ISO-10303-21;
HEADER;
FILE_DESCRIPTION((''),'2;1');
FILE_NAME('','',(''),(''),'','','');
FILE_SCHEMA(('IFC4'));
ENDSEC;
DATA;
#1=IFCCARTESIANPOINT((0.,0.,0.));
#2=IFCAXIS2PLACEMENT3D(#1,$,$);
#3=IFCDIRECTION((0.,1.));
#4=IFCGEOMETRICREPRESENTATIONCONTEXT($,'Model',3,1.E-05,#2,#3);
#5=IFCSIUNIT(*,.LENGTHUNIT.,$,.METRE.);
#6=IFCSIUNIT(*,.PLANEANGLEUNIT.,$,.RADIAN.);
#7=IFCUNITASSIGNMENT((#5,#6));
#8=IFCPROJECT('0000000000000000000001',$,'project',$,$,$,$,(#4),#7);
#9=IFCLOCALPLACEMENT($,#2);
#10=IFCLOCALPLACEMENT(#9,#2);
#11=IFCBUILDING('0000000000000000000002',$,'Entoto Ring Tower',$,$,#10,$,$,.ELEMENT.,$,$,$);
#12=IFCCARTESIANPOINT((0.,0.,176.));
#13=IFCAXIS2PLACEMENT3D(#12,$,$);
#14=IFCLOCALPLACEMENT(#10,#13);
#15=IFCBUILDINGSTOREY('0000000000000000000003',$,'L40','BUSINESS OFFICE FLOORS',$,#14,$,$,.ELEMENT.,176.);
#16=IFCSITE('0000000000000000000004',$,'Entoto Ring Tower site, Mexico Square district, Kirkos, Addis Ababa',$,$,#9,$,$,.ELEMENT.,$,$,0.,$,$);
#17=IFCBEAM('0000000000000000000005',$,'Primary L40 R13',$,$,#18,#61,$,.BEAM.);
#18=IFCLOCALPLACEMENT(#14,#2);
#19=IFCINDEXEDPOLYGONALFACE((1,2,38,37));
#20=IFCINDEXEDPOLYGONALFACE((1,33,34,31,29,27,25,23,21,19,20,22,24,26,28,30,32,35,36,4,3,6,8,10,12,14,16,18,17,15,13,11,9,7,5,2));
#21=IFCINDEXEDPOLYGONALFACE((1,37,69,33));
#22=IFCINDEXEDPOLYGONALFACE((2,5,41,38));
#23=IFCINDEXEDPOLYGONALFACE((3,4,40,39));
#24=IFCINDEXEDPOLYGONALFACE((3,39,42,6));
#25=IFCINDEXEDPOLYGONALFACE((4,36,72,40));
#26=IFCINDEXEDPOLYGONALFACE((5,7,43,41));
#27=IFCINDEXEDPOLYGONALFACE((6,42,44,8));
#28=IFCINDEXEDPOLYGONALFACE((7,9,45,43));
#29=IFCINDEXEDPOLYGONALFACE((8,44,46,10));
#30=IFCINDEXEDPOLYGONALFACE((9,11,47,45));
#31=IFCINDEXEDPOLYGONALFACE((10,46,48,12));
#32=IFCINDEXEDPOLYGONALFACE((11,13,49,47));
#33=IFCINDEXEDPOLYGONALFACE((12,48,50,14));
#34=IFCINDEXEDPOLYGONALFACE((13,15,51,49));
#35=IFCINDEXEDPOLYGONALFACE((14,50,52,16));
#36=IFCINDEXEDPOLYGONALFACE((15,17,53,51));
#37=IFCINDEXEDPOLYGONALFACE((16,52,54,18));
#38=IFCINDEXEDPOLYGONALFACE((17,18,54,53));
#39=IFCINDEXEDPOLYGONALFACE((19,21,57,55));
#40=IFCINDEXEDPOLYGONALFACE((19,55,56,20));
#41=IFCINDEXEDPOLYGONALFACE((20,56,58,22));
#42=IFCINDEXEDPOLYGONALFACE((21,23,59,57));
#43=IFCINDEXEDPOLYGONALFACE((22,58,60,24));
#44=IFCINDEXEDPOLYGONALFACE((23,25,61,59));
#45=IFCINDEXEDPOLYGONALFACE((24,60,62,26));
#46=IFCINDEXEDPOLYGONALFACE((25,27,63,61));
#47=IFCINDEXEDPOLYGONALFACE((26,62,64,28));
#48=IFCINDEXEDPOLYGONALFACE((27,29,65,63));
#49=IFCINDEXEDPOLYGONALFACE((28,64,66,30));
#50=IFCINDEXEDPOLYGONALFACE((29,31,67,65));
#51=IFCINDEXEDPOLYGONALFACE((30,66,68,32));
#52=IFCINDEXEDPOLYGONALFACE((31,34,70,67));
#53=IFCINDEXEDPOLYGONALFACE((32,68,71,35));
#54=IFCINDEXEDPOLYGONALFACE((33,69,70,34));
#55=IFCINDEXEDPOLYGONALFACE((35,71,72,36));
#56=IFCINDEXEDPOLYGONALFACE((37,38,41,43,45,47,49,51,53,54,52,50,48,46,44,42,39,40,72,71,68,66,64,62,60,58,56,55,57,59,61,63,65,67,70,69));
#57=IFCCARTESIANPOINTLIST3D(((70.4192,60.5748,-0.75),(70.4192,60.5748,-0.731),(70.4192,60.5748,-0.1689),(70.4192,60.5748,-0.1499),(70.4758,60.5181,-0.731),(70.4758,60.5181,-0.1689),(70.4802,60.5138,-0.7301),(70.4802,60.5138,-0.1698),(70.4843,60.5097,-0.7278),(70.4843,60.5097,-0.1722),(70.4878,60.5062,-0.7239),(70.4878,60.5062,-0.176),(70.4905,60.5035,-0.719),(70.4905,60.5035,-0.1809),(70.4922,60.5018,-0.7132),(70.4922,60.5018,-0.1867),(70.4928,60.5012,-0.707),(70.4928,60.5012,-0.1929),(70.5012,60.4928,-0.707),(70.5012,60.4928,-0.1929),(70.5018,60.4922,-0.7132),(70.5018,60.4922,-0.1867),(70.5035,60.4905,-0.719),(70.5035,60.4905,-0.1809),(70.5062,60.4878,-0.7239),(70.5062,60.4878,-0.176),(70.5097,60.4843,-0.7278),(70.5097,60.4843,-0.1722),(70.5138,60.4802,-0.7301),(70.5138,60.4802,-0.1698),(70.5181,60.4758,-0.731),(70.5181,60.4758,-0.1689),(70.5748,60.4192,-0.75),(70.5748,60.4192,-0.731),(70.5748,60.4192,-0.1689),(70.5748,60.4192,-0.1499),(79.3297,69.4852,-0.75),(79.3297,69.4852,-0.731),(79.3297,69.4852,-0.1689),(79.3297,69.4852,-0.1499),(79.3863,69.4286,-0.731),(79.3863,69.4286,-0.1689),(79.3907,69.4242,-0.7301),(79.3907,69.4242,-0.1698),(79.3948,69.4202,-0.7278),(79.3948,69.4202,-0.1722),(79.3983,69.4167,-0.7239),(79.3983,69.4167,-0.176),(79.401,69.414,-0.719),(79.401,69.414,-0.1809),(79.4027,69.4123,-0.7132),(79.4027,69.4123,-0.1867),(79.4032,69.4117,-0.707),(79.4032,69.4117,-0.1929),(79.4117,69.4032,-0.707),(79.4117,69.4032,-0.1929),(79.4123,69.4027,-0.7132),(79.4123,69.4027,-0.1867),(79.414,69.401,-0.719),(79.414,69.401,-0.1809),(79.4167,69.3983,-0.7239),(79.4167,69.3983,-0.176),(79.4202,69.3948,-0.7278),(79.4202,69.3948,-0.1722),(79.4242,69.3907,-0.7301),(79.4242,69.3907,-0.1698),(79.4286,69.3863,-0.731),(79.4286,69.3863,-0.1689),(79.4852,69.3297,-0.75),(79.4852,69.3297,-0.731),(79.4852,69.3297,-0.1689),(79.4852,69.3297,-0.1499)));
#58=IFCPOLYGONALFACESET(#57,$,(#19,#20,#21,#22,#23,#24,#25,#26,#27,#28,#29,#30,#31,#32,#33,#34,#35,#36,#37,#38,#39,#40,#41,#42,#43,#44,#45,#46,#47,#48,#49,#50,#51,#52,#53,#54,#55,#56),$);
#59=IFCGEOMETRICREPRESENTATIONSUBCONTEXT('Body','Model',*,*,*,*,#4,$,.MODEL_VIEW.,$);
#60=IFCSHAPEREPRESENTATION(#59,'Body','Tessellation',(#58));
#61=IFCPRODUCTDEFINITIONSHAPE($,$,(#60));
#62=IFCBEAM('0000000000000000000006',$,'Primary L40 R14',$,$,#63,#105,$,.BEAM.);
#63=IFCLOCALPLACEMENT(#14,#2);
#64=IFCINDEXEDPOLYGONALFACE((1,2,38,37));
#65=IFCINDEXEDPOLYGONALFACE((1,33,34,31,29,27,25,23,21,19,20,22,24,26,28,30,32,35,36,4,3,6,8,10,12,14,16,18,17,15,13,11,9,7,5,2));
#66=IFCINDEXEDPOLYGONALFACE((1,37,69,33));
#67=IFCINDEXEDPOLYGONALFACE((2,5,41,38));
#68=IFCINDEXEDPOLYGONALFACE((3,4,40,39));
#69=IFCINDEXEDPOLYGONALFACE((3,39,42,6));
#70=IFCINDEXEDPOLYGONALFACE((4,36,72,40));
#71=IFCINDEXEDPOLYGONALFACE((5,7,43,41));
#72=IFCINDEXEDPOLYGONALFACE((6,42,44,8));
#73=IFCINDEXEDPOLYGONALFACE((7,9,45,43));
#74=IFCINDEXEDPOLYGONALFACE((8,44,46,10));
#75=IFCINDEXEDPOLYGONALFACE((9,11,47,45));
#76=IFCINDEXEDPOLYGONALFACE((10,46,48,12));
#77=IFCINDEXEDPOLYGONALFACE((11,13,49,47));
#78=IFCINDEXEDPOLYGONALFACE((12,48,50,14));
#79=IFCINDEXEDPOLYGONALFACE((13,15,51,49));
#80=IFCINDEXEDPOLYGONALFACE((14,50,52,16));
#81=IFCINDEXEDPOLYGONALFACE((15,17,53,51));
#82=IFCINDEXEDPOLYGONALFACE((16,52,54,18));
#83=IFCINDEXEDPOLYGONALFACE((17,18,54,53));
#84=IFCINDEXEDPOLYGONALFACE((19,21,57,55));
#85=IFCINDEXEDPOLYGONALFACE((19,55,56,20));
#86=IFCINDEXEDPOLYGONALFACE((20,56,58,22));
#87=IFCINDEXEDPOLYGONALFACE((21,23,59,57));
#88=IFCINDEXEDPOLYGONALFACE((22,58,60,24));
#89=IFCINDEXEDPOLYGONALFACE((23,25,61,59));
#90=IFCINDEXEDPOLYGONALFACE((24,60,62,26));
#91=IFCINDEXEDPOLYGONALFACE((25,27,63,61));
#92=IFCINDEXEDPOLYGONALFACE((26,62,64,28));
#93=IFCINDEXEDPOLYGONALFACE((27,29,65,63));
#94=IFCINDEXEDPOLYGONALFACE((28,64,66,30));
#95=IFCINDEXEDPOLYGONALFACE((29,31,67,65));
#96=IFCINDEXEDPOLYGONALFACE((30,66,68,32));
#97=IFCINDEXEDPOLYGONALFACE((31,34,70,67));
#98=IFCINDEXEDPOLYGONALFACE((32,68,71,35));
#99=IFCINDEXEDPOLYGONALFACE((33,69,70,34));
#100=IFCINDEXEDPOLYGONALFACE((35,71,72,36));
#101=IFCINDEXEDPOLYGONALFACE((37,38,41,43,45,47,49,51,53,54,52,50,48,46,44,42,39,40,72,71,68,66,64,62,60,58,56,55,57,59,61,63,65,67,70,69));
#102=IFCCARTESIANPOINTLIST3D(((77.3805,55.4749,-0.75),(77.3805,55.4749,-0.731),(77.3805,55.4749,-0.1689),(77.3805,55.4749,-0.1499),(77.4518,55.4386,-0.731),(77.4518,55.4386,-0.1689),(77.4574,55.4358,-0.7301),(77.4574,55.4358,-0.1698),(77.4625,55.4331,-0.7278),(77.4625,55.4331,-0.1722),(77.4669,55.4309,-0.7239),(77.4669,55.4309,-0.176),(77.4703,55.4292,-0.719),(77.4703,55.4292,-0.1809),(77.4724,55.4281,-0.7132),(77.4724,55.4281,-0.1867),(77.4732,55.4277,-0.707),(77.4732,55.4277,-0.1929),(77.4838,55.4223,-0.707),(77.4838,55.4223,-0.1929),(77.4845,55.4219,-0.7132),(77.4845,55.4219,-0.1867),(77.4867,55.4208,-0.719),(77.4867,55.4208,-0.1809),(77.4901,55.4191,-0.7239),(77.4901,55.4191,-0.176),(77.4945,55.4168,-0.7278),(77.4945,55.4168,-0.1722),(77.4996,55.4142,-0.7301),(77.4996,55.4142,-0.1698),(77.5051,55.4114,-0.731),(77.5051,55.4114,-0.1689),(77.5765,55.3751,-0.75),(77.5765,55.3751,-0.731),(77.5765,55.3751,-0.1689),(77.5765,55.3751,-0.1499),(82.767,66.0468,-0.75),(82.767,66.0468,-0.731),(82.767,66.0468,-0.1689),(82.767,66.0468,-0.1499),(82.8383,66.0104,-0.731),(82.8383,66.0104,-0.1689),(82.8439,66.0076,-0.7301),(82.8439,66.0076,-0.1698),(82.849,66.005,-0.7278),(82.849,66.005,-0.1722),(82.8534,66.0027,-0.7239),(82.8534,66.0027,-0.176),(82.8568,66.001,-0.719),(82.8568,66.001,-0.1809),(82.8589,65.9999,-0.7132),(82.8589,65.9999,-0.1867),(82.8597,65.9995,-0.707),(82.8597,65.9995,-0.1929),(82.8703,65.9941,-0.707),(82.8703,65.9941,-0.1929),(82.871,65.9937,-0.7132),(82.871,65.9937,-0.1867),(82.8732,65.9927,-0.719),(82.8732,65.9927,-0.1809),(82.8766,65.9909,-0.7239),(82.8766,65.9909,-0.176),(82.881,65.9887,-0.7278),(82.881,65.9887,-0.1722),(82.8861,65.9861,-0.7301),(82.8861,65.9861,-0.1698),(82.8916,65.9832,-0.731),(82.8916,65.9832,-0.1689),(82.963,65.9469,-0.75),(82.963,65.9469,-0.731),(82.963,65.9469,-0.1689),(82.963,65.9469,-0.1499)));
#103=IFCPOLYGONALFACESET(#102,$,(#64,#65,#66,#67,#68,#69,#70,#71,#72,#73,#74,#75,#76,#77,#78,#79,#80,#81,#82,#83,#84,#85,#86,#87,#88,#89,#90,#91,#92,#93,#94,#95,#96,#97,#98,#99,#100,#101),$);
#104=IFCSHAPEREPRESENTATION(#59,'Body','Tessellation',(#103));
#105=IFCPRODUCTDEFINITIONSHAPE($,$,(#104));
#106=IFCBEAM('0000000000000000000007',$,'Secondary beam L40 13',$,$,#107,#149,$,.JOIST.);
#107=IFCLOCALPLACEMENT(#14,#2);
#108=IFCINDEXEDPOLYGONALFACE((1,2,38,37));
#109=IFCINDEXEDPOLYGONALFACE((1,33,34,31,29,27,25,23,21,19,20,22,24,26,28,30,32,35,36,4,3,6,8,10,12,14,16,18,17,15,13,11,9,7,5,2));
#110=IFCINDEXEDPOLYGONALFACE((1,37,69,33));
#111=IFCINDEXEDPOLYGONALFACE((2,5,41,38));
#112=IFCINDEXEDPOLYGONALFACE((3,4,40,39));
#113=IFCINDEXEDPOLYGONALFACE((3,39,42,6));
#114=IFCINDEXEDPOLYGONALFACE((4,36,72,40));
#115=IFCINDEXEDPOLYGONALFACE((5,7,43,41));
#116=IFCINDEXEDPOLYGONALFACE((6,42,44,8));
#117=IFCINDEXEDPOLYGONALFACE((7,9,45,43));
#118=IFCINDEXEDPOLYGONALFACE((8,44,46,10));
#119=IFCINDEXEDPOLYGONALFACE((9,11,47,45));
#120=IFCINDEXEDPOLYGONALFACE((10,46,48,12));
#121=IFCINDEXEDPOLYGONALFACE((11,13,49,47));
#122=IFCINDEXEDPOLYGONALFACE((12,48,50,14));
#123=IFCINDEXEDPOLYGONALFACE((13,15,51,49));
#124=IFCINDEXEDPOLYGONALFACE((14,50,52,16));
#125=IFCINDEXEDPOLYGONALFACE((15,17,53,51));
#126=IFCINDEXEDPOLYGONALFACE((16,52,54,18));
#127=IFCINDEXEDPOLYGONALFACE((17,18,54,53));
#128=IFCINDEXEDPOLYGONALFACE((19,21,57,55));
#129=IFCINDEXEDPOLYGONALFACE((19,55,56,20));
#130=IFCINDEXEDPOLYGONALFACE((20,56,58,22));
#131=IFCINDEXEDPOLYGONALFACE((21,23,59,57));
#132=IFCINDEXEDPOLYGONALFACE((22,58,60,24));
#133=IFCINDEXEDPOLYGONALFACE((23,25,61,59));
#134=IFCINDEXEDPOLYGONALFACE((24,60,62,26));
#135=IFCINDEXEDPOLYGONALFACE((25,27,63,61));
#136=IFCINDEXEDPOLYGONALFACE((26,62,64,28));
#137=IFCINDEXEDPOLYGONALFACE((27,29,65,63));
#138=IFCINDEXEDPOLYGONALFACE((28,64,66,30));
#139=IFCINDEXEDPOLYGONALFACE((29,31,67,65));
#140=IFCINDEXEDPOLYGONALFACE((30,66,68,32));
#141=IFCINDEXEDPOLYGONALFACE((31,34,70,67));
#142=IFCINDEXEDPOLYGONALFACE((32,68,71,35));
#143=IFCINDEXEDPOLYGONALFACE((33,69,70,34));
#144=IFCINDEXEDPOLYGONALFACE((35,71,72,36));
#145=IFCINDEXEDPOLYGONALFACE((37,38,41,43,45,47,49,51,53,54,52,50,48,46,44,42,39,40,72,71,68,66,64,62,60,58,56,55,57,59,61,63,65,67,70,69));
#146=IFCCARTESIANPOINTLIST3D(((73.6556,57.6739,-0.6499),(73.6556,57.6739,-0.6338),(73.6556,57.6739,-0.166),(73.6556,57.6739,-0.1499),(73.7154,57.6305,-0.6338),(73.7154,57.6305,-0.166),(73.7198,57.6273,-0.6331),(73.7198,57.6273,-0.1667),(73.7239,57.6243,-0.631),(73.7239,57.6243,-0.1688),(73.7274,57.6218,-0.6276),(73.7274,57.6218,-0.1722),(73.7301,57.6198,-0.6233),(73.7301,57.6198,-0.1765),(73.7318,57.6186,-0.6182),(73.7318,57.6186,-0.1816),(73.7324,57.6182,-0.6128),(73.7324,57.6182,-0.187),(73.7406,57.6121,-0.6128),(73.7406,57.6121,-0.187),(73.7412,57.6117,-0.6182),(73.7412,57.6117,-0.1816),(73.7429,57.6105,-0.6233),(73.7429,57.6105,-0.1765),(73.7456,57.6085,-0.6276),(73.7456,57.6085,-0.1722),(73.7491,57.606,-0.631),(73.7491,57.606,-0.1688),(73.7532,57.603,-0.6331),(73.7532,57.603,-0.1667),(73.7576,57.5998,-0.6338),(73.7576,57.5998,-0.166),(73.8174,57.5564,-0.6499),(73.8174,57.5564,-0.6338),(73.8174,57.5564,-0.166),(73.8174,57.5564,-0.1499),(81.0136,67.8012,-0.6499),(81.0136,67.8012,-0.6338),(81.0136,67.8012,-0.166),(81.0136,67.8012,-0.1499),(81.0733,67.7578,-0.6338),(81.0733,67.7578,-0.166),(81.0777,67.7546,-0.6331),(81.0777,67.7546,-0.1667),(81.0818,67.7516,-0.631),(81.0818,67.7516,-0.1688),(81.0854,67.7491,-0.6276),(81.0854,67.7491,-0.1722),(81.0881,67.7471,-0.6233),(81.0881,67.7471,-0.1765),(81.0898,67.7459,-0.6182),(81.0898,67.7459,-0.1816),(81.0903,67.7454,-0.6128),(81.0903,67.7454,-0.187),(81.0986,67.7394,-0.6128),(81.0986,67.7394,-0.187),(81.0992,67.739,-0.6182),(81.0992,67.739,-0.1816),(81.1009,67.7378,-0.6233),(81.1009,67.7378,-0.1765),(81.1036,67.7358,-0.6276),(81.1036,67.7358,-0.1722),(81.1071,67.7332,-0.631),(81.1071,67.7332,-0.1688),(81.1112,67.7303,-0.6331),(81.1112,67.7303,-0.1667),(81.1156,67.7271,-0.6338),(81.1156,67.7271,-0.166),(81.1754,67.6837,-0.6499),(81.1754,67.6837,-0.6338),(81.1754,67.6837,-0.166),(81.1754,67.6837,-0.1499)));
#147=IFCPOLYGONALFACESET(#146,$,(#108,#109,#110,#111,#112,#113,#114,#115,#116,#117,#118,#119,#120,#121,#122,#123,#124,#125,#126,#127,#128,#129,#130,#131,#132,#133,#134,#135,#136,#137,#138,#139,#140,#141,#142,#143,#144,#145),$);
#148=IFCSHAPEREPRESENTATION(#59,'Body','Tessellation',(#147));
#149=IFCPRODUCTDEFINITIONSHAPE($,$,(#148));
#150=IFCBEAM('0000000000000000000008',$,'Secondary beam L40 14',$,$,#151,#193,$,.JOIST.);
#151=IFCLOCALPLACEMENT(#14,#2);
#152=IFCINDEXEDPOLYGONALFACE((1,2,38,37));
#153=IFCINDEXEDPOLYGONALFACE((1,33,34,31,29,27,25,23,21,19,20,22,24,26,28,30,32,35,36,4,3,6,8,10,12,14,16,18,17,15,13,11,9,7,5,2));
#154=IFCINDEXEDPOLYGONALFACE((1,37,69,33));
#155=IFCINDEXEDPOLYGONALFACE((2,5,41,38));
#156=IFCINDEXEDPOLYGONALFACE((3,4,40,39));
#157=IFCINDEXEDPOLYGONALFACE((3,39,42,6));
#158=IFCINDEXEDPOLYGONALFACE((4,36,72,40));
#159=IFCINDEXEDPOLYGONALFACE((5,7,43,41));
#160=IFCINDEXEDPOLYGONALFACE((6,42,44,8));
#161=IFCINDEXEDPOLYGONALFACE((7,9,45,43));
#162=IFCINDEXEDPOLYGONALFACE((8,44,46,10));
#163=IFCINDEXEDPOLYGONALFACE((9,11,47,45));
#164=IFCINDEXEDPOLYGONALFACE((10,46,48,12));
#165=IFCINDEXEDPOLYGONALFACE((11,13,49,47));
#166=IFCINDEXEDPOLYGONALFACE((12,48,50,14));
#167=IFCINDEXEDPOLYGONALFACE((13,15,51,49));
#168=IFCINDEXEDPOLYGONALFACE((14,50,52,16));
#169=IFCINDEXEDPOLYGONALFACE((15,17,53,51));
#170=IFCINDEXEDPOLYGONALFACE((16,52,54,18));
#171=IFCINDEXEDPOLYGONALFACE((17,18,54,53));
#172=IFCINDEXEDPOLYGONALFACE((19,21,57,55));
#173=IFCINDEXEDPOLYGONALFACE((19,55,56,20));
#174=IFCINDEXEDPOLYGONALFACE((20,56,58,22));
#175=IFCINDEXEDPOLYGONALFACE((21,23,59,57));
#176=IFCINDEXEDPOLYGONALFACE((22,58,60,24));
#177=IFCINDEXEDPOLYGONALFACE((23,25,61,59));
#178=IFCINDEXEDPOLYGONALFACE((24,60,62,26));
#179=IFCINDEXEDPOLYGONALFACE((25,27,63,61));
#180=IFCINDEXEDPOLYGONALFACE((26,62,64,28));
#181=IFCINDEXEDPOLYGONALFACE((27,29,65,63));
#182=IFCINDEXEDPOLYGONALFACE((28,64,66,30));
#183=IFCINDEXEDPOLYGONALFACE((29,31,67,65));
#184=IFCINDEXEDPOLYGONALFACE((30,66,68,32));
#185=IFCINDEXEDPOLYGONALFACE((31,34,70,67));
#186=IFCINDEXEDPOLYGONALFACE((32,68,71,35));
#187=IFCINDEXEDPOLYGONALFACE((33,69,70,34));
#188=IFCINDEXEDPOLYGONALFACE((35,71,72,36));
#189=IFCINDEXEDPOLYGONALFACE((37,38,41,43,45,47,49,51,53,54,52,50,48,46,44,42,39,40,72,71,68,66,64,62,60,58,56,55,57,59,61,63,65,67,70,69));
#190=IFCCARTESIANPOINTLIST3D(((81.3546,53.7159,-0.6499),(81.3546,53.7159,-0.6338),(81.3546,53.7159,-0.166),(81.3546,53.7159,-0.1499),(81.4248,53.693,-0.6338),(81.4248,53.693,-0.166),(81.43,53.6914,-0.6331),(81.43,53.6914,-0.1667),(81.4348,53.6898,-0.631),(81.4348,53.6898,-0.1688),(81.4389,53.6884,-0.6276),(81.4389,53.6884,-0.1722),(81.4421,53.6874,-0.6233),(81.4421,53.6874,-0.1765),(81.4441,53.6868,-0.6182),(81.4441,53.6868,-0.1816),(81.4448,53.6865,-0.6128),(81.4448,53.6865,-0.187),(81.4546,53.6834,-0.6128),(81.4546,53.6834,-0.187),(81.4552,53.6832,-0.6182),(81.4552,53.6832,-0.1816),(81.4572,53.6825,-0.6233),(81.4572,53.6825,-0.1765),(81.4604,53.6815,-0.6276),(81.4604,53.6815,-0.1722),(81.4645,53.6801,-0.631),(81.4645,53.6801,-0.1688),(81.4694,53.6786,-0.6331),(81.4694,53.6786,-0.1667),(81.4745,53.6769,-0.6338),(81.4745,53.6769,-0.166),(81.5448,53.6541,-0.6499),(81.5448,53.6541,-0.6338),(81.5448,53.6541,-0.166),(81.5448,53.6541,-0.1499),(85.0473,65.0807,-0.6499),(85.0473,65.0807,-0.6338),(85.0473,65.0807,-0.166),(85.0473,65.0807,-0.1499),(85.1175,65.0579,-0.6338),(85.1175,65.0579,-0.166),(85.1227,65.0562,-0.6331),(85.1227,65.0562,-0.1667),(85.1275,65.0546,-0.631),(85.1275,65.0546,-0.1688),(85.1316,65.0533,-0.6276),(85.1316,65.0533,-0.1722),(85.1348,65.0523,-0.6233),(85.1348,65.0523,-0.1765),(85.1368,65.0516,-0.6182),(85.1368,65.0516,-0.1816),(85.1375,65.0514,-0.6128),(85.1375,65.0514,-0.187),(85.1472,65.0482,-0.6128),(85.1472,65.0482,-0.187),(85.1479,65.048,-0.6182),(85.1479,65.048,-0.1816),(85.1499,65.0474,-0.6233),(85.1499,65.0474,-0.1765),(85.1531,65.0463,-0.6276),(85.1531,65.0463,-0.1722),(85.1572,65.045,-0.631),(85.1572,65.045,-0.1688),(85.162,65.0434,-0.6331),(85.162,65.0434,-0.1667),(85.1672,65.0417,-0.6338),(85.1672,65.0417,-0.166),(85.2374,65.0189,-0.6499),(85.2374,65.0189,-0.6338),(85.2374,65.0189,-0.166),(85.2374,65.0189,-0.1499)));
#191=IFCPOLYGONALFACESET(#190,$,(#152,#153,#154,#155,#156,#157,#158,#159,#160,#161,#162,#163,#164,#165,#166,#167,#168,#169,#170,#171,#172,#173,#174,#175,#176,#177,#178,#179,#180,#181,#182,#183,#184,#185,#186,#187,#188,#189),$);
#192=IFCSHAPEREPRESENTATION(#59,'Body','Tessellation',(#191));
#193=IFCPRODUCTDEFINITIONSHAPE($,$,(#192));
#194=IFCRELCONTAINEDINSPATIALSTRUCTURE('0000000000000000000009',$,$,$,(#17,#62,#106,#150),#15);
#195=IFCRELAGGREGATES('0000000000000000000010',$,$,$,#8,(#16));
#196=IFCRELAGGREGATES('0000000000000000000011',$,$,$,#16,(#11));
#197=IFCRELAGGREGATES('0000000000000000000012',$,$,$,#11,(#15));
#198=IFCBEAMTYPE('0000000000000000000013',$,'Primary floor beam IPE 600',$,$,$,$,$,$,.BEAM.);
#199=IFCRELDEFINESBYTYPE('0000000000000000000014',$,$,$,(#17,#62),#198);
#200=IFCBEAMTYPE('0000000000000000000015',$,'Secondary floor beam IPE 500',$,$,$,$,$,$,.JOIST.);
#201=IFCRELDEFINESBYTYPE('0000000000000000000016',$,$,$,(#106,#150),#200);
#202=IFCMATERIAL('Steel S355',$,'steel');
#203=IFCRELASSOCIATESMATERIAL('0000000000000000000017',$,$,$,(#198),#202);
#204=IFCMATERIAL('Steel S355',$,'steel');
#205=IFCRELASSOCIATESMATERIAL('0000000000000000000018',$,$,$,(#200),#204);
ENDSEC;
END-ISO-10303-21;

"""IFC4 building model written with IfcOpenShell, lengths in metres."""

from ifc_helpers import new_model, si_unit, direction, frame, origin, origin_2d, place, context, subcontext, project, spatial, i_section, extrude, material, material_profile, profile_set, type_object, element, save


model = new_model("IFC4")

# Units and contexts
model_context = context("Model", 3, precision=1e-05, world=origin(), true_north=direction((0.0, 1.0)))
body_context = subcontext(model_context, "Body", "Model", "MODEL_VIEW")
ifc_project = project(units=[si_unit("LENGTHUNIT", "METRE"), si_unit("PLANEANGLEUNIT", "RADIAN")], contexts=[model_context])

# Site, building, storey
site_placement = place(None, origin())
site = spatial("IfcSite", under=ifc_project, at=site_placement, Name="Entoto Ring Tower site, Mexico Square district, Kirkos, Addis Ababa", CompositionType="ELEMENT", RefElevation=0.0)
building_placement = place(site_placement, origin())
building = spatial("IfcBuilding", under=site, at=building_placement, Name="Entoto Ring Tower", CompositionType="ELEMENT")
storey_placement = place(building_placement, frame((0.0, 0.0, 176.0)))
storey = spatial("IfcBuildingStorey", under=building, at=storey_placement, Name="L40", Description="BUSINESS OFFICE FLOORS", CompositionType="ELEMENT", Elevation=176.0)

# Beams
ifc_material_1 = material(Name="Steel S355", Category="steel")
ifc_material_profile_1 = material_profile(ifc_material_1, i_section(OverallWidth=0.22, OverallDepth=0.6001, WebThickness=0.012, FlangeThickness=0.019, FilletRadius=0.0239, at=origin_2d()), Name="IPE 600")
ifc_profile_set_1 = profile_set([ifc_material_profile_1], Name="Steel S355")
beam_type_1 = type_object("IfcBeamType", Name="Primary floor beam IPE 600", PredefinedType="BEAM", material=ifc_profile_set_1)
beam_1_placement = place(storey_placement, frame((79.4075, 69.4075, -0.45), z_axis=(-0.707107, -0.707107, 0.0), x_axis=(0.707107, -0.707107, 0.0)))
element("IfcBeam", 1, at=beam_1_placement, inside=storey, type_object=beam_type_1, Name="Primary L40 R13", PredefinedType="BEAM", context=body_context, shape_type="SweptSolid", body=[
    extrude(i_section(OverallWidth=0.22, OverallDepth=0.6001, WebThickness=0.012, FlangeThickness=0.019, FilletRadius=0.0239, at=origin_2d()), origin(), (0.0, 0.0, 1.0), 12.6013),
])
beam_2_placement = place(storey_placement, frame((82.865, 65.9968, -0.45), z_axis=(-0.453983, -0.89101, 0.0), x_axis=(0.89101, -0.453983, 0.0)))
element("IfcBeam", 2, at=beam_2_placement, inside=storey, type_object=beam_type_1, Name="Primary L40 R14", PredefinedType="BEAM", context=body_context, shape_type="SweptSolid", body=[
    extrude(i_section(OverallWidth=0.22, OverallDepth=0.6001, WebThickness=0.012, FlangeThickness=0.019, FilletRadius=0.0239, at=origin_2d()), origin(), (0.0, 0.0, 1.0), 11.865),
])
ifc_material_2 = material(Name="Steel S355", Category="steel")
ifc_material_profile_2 = material_profile(ifc_material_2, i_section(OverallWidth=0.2, OverallDepth=0.5, WebThickness=0.0103, FlangeThickness=0.0161, FilletRadius=0.021, at=origin_2d()), Name="IPE 500")
ifc_profile_set_2 = profile_set([ifc_material_profile_2], Name="Steel S355")
beam_type_2 = type_object("IfcBeamType", Name="Secondary floor beam IPE 500", PredefinedType="JOIST", material=ifc_profile_set_2)
beam_3_placement = place(storey_placement, frame((81.0945, 67.7424, -0.3999), z_axis=(-0.587789, -0.809014, 0.0), x_axis=(0.809014, -0.587789, 0.0)))
element("IfcBeam", 3, at=beam_3_placement, inside=storey, type_object=beam_type_2, Name="Secondary beam L40 13", PredefinedType="JOIST", context=body_context, shape_type="SweptSolid", body=[
    extrude(i_section(OverallWidth=0.2, OverallDepth=0.5, WebThickness=0.0103, FlangeThickness=0.0161, FilletRadius=0.021, at=origin_2d()), origin(), (0.0, 0.0, 1.0), 12.5181),
])
beam_4_placement = place(storey_placement, frame((85.1423, 65.0498, -0.3999), z_axis=(-0.309017, -0.951057, 0.0), x_axis=(0.951057, -0.309017, 0.0)))
element("IfcBeam", 4, at=beam_4_placement, inside=storey, type_object=beam_type_2, Name="Secondary beam L40 14", PredefinedType="JOIST", context=body_context, shape_type="SweptSolid", body=[
    extrude(i_section(OverallWidth=0.2, OverallDepth=0.5, WebThickness=0.0103, FlangeThickness=0.0161, FilletRadius=0.021, at=origin_2d()), origin(), (0.0, 0.0, 1.0), 11.9497),
])

save(model, "model.ifc")
